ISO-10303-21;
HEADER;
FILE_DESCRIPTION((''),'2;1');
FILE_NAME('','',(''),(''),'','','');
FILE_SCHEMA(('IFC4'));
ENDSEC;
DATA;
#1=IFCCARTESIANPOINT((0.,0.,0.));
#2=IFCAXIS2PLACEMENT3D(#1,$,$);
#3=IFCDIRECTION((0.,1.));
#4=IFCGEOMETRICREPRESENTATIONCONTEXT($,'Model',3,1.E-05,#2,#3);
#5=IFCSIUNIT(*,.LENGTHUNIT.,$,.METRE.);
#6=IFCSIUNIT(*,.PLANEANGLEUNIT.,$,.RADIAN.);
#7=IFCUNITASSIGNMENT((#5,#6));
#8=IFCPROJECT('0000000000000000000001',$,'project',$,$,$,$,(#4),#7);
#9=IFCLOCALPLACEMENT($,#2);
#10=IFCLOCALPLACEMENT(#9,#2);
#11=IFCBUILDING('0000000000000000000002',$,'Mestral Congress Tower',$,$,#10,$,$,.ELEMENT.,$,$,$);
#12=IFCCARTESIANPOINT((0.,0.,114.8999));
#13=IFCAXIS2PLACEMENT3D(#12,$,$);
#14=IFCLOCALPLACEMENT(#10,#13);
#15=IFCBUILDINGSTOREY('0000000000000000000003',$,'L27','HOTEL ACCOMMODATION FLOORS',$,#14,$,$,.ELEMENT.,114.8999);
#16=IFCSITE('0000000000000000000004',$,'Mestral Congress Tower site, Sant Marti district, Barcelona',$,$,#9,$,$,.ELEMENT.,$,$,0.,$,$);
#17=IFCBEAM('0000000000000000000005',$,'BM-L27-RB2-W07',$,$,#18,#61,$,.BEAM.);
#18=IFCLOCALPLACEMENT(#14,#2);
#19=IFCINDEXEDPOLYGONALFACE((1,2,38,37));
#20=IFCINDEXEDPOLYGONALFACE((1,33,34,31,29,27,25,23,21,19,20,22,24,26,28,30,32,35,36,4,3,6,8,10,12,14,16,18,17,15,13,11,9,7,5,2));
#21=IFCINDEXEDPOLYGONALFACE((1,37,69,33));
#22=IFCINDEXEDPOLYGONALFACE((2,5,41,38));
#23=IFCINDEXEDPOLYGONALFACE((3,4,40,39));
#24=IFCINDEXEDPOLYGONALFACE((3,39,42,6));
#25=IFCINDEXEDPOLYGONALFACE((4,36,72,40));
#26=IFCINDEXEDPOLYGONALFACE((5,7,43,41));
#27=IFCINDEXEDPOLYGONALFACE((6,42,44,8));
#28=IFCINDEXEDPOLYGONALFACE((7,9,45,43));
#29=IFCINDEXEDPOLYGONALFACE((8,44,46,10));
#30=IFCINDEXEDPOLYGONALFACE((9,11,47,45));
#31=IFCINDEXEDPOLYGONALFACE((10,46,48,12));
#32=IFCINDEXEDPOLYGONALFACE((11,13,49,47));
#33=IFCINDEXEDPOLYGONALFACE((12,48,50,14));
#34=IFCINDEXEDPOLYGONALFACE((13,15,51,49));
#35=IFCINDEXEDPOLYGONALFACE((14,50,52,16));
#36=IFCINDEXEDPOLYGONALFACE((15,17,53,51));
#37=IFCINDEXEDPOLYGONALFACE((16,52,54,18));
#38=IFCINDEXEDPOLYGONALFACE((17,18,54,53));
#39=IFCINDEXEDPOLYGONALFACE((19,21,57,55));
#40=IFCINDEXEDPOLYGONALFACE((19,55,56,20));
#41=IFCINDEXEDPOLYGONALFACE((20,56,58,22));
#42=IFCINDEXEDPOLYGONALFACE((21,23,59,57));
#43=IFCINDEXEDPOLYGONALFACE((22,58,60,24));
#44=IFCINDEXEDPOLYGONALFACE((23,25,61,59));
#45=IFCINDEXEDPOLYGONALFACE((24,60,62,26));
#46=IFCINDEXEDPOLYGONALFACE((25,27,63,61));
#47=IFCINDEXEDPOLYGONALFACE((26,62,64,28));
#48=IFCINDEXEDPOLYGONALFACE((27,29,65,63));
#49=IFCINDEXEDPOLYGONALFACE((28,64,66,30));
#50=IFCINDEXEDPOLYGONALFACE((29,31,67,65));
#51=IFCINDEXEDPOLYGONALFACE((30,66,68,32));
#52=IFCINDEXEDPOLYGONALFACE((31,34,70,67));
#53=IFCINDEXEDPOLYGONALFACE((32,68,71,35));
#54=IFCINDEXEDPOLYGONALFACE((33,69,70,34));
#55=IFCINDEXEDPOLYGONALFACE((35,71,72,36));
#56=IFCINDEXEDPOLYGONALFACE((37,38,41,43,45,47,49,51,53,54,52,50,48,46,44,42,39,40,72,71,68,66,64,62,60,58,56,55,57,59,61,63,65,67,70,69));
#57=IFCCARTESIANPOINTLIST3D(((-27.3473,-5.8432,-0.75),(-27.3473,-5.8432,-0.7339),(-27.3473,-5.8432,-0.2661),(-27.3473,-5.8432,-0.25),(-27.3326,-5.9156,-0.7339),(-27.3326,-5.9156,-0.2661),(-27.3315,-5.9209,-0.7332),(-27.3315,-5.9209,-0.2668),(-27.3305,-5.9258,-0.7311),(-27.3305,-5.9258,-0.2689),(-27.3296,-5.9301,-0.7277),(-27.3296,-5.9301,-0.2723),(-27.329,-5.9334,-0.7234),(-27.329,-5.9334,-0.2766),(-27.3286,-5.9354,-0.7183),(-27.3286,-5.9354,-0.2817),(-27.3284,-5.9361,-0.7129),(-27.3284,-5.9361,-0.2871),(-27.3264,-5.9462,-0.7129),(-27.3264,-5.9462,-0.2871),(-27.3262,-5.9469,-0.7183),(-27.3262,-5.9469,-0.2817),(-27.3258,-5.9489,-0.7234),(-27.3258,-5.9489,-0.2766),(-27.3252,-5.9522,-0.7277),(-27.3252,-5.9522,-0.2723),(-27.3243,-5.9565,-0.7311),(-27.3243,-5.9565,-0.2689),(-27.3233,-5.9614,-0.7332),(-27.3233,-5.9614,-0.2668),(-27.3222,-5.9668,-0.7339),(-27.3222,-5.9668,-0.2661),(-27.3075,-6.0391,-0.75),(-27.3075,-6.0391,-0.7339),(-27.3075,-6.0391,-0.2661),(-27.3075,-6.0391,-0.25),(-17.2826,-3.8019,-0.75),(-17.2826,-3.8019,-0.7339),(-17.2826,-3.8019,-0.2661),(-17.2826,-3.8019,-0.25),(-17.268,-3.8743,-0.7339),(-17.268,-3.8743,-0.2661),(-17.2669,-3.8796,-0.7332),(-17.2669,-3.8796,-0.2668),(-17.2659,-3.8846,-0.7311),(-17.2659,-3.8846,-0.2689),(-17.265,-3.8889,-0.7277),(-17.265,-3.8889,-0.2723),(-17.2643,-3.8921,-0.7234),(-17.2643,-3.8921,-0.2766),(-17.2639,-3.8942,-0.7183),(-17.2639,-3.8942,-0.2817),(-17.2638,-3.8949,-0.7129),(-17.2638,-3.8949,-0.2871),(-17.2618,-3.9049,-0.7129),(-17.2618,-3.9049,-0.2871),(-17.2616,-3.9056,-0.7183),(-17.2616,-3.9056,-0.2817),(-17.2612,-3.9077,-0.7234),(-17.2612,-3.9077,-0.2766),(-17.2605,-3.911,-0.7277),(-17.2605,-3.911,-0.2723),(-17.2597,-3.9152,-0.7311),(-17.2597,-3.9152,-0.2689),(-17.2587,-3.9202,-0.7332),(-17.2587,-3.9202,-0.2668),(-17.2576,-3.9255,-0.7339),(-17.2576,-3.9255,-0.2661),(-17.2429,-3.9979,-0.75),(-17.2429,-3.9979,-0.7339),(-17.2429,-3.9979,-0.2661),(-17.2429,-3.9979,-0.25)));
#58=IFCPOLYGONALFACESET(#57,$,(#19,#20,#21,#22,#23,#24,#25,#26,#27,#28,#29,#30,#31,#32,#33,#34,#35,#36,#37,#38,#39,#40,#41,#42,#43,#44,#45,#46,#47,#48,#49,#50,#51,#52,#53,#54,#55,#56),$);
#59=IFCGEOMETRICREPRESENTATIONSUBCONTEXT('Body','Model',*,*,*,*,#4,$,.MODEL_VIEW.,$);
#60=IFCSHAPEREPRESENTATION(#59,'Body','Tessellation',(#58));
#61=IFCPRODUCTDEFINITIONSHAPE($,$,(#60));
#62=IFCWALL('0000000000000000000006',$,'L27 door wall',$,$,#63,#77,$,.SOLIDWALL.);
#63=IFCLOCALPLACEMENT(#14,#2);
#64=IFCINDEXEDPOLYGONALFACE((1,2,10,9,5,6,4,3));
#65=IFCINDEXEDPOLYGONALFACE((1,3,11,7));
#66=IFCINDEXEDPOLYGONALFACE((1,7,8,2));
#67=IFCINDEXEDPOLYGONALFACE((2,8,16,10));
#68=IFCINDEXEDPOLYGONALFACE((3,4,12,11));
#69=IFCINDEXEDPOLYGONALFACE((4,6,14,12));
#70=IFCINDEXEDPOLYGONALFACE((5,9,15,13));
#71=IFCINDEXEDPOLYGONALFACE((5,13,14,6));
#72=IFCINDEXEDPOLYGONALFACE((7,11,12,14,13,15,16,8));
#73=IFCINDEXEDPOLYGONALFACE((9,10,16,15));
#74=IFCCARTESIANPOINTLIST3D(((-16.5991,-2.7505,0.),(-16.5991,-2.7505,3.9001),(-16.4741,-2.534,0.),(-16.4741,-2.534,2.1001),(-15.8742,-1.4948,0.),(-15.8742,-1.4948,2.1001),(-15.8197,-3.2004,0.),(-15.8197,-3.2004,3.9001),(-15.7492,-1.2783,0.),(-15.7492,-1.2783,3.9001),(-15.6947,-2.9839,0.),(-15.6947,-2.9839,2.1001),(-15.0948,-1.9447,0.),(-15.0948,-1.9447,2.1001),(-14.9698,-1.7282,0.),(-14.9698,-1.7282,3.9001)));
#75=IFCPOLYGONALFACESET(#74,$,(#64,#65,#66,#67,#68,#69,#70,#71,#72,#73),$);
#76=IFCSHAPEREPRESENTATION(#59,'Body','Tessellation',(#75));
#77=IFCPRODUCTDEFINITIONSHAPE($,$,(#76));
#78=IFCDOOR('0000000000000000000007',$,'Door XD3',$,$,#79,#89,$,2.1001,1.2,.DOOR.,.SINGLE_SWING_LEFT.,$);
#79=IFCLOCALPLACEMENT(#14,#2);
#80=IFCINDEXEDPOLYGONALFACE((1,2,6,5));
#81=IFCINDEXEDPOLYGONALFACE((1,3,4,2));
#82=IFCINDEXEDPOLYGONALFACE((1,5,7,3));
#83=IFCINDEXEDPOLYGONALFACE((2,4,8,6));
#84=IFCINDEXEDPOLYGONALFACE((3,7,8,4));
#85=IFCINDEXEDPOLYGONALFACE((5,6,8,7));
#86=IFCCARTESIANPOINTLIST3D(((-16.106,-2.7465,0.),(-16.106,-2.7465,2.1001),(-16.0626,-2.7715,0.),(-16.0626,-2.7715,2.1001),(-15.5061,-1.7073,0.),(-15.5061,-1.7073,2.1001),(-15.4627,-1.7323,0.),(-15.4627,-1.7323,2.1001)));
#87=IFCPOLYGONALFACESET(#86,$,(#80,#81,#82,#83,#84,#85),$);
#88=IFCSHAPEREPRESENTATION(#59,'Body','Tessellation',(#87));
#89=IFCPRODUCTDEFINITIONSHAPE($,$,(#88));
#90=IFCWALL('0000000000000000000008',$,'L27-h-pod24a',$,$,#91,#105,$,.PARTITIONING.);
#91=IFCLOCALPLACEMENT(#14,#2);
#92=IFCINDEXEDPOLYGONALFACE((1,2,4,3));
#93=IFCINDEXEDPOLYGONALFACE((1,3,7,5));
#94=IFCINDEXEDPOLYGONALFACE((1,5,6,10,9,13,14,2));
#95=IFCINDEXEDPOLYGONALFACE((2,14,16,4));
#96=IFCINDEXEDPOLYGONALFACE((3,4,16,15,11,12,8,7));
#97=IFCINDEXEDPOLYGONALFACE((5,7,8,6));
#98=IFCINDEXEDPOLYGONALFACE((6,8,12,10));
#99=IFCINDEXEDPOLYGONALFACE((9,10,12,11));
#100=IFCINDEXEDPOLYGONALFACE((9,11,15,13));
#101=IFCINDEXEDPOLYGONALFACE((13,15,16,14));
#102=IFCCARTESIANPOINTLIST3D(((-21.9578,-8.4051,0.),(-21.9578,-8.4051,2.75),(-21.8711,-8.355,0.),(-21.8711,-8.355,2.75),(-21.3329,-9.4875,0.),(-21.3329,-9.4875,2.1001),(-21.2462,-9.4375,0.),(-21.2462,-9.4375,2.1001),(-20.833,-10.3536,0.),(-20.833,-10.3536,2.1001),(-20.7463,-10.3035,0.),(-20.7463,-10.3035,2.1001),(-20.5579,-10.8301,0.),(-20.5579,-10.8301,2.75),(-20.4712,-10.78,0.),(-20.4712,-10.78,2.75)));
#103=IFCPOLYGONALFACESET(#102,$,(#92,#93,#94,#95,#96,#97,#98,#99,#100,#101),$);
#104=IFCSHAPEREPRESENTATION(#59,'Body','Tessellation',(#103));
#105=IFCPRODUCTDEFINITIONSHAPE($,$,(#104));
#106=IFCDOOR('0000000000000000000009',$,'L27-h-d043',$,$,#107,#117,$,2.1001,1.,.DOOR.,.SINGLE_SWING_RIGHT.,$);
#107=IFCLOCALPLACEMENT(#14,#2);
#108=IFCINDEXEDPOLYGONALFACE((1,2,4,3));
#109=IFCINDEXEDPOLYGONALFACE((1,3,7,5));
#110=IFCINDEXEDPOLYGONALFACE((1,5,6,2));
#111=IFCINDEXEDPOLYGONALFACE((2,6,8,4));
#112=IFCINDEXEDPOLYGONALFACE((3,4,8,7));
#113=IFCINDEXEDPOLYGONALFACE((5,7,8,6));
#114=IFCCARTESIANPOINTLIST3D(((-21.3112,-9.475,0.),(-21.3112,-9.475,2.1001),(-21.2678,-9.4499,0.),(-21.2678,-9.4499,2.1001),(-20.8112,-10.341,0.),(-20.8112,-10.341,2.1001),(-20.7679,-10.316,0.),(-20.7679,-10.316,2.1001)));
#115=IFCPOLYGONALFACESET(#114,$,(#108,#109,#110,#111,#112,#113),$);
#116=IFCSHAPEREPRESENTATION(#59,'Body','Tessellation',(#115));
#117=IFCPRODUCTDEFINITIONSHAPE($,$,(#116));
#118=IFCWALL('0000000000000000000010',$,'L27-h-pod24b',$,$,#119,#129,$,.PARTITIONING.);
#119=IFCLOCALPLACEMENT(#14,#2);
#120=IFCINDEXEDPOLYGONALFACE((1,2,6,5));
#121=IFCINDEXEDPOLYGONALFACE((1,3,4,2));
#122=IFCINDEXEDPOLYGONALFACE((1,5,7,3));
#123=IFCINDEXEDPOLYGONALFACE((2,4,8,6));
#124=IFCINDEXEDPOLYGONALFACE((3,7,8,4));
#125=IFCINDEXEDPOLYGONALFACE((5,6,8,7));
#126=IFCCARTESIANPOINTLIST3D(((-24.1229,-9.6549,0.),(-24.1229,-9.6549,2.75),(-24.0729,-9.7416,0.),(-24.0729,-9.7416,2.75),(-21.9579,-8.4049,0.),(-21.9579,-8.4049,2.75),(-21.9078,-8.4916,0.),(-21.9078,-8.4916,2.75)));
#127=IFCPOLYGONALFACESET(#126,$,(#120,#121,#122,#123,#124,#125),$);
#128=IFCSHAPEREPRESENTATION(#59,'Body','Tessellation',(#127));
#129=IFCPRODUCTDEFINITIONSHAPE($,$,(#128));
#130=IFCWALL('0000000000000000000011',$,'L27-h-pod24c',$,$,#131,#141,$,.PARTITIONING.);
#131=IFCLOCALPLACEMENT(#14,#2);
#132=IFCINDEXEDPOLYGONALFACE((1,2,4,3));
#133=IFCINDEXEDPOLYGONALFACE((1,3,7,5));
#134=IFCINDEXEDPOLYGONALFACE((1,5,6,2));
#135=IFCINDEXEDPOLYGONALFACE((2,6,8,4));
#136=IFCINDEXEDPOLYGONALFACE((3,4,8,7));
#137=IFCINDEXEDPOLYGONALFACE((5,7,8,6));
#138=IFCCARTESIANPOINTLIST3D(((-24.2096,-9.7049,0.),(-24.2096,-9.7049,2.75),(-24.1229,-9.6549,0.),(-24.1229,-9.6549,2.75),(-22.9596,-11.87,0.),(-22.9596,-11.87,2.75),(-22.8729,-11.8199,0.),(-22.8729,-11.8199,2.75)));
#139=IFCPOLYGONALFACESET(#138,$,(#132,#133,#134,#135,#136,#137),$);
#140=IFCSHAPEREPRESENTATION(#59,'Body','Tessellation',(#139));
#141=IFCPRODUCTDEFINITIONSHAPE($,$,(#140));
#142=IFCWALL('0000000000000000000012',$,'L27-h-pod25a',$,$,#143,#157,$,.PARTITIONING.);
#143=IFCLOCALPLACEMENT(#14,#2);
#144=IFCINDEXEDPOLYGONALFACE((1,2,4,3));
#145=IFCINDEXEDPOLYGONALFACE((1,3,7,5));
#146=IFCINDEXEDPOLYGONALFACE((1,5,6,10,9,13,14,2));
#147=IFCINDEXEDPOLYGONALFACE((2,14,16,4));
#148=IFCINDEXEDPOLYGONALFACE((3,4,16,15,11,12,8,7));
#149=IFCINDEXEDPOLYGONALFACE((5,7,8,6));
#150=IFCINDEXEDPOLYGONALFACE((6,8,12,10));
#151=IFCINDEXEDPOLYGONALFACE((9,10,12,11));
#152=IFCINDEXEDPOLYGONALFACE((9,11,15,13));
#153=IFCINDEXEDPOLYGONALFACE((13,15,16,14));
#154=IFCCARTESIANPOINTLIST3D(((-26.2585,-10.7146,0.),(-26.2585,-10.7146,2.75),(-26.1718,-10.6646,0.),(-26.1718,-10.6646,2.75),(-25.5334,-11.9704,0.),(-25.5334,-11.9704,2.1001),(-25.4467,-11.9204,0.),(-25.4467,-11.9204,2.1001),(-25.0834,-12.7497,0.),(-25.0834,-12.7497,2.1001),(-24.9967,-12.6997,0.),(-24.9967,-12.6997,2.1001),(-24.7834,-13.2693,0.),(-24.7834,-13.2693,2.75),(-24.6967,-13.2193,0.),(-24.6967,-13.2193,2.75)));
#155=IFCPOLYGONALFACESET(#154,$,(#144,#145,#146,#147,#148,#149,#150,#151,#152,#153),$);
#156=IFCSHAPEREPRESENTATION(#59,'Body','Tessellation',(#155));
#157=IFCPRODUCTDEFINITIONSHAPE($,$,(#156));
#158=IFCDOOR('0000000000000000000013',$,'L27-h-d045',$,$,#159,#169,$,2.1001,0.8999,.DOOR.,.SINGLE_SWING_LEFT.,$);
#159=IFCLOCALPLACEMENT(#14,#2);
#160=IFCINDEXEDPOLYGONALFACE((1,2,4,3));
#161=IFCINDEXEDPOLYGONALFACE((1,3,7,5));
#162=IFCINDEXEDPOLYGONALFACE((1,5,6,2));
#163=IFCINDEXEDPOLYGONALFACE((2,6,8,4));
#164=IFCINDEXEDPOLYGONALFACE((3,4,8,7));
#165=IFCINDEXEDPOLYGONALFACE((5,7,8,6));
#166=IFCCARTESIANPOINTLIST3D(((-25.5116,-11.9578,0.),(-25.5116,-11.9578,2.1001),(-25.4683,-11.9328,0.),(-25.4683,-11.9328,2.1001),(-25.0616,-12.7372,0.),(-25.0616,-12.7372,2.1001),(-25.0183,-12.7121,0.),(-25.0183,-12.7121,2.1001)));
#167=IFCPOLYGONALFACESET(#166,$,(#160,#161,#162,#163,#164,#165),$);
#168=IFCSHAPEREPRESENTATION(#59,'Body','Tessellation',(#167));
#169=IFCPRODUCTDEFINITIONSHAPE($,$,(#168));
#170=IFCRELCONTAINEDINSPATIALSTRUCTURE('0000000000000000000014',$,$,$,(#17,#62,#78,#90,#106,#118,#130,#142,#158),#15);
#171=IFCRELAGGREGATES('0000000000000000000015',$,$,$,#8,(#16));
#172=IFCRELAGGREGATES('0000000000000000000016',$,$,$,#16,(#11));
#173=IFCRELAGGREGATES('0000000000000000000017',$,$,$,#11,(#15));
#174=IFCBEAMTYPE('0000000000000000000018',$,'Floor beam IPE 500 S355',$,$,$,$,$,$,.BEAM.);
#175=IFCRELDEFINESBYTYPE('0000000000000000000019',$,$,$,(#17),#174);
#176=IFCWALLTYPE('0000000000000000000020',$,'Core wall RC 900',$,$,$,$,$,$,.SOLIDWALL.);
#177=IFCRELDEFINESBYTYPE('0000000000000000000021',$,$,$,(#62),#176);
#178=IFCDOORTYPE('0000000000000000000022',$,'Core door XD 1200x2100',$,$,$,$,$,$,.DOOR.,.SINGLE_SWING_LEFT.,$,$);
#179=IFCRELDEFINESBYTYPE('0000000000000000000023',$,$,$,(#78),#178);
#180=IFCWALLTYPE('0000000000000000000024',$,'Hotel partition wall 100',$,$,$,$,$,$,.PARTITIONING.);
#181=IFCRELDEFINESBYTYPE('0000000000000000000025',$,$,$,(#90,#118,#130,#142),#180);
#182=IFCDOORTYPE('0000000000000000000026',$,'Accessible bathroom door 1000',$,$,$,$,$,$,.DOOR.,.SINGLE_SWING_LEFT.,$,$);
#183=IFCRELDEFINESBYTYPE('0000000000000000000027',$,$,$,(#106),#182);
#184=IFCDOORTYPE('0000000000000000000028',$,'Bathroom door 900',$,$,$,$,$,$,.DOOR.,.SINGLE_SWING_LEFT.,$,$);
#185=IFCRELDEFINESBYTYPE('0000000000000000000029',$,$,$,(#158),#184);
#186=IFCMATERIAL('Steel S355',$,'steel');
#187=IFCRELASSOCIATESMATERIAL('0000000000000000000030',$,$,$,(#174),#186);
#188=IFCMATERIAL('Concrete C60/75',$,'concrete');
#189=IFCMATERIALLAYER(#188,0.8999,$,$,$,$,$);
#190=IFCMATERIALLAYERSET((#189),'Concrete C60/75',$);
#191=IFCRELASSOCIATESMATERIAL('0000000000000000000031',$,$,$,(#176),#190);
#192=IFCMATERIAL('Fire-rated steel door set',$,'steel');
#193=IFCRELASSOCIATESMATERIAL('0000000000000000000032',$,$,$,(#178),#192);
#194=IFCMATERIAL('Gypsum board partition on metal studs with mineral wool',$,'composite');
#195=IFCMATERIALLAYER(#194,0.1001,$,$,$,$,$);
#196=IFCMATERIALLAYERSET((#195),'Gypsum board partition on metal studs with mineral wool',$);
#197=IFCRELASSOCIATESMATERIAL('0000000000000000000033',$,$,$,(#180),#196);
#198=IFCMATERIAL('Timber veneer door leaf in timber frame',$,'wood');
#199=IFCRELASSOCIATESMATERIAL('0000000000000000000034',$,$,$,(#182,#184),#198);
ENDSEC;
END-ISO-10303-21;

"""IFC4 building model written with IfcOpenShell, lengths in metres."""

from ifc_helpers import new_model, si_unit, direction, frame, frame_2d, origin, origin_2d, place, context, subcontext, project, spatial, rectangle, i_section, extrude, material, layer, layer_set, material_profile, profile_set, type_object, element, fill, save


model = new_model("IFC4")

# Units and contexts
model_context = context("Model", 3, precision=1e-05, world=origin(), true_north=direction((0.0, 1.0)))
body_context = subcontext(model_context, "Body", "Model", "MODEL_VIEW")
ifc_project = project(units=[si_unit("LENGTHUNIT", "METRE"), si_unit("PLANEANGLEUNIT", "RADIAN")], contexts=[model_context])

# Site, building, storey
site_placement = place(None, origin())
site = spatial("IfcSite", under=ifc_project, at=site_placement, Name="Mestral Congress Tower site, Sant Marti district, Barcelona", CompositionType="ELEMENT", RefElevation=0.0)
building_placement = place(site_placement, origin())
building = spatial("IfcBuilding", under=site, at=building_placement, Name="Mestral Congress Tower", CompositionType="ELEMENT")
storey_placement = place(building_placement, frame((0.0, 0.0, 114.8999)))
storey = spatial("IfcBuildingStorey", under=building, at=storey_placement, Name="L27", Description="HOTEL ACCOMMODATION FLOORS", CompositionType="ELEMENT", Elevation=114.8999)

# Beam
ifc_material_1 = material(Name="Steel S355", Category="steel")
ifc_material_profile = material_profile(ifc_material_1, i_section(OverallWidth=0.2, OverallDepth=0.5, WebThickness=0.0103, FlangeThickness=0.0161, FilletRadius=0.021, at=origin_2d()), Name="IPE 500")
ifc_profile_set = profile_set([ifc_material_profile], Name="Steel S355")
beam_type = type_object("IfcBeamType", Name="Floor beam IPE 500 S355", PredefinedType="BEAM", material=ifc_profile_set)
beam_placement = place(storey_placement, frame((-27.3274, -5.9412, -0.5), z_axis=(0.980047, 0.198767, 0.0), x_axis=(-0.198767, 0.980047, 0.0)))
element("IfcBeam", 1, at=beam_placement, inside=storey, type_object=beam_type, Name="BM-L27-RB2-W07", PredefinedType="BEAM", context=body_context, shape_type="SweptSolid", body=[
    extrude(i_section(OverallWidth=0.2, OverallDepth=0.5, WebThickness=0.0103, FlangeThickness=0.0161, FilletRadius=0.021, at=origin_2d()), origin(), (0.0, 0.0, 1.0), 10.2695),
])

# Walls, openings, doors
ifc_material_2 = material(Name="Concrete C60/75", Category="concrete")
ifc_layer_1 = layer(ifc_material_2, 0.8999)
ifc_layer_set_1 = layer_set([ifc_layer_1], Name="Concrete C60/75")
wall_type_1 = type_object("IfcWallType", Name="Core wall RC 900", PredefinedType="SOLIDWALL", material=ifc_layer_set_1)
wall_1_placement = place(storey_placement, frame((-16.2095, -2.9756, 0.0), z_axis=(0.0, 0.0, 1.0), x_axis=(0.499955, 0.866052, 0.0)))
wall_1 = element("IfcWall", 2, at=wall_1_placement, inside=storey, type_object=wall_type_1, Name="L27 door wall", PredefinedType="SOLIDWALL", context=body_context, shape_type="SweptSolid", body=[
    extrude(rectangle(XDim=1.7, YDim=0.8999, at=frame_2d((0.8501, 0.0))), origin(), (0.0, 0.0, 1.0), 3.9001),
])
opening_1_placement = place(wall_1_placement, frame((0.25, 0.0, 0.0)))
opening_1 = element("IfcOpeningElement", 3, at=opening_1_placement, cuts=wall_1, PredefinedType="OPENING", context=body_context, shape_type="SweptSolid", body=[
    extrude(rectangle(XDim=1.2, YDim=2.1001, at=frame_2d((0.6001, 1.05))), frame((0.0, 0.46, 0.0), z_axis=(0.0, -1.0, 0.0), x_axis=(1.0, 0.0, 0.0)), (0.0, 0.0, 1.0), 0.9199),
])
ifc_material_3 = material(Name="Fire-rated steel door set", Category="steel")
door_type_1 = type_object("IfcDoorType", Name="Core door XD 1200x2100", OperationType="SINGLE_SWING_LEFT", PredefinedType="DOOR", material=ifc_material_3)
door_1_placement = place(opening_1_placement, origin())
door_1 = element("IfcDoor", 4, at=door_1_placement, inside=storey, type_object=door_type_1, Name="Door XD3", OperationType="SINGLE_SWING_LEFT", OverallHeight=2.1001, OverallWidth=1.2, PredefinedType="DOOR", context=body_context, shape_type="SweptSolid", body=[
    extrude(rectangle(XDim=1.2, YDim=2.1001, at=frame_2d((0.6001, 1.05))), frame((0.0, 0.0249, 0.0), z_axis=(0.0, -1.0, 0.0), x_axis=(1.0, 0.0, 0.0)), (0.0, 0.0, 1.0), 0.05),
])
fill(opening_1, door_1)
ifc_material_4 = material(Name="Gypsum board partition on metal studs with mineral wool", Category="composite")
ifc_layer_2 = layer(ifc_material_4, 0.1001)
ifc_layer_set_2 = layer_set([ifc_layer_2], Name="Gypsum board partition on metal studs with mineral wool")
wall_type_2 = type_object("IfcWallType", Name="Hotel partition wall 100", PredefinedType="PARTITIONING", material=ifc_layer_set_2)
wall_2_placement = place(storey_placement, frame((-20.5146, -10.8049, 0.0), z_axis=(0.0, 0.0, 1.0), x_axis=(-0.499946, 0.866056, 0.0)))
wall_2 = element("IfcWall", 5, at=wall_2_placement, inside=storey, type_object=wall_type_2, Name="L27-h-pod24a", PredefinedType="PARTITIONING", context=body_context, shape_type="SweptSolid", body=[
    extrude(rectangle(XDim=2.8, YDim=0.1001, at=frame_2d((1.3999, 0.0))), origin(), (0.0, 0.0, 1.0), 2.75),
])
opening_2_placement = place(wall_2_placement, frame((0.55, 0.0, 0.0)))
opening_2 = element("IfcOpeningElement", 6, at=opening_2_placement, cuts=wall_2, PredefinedType="OPENING", context=body_context, shape_type="SweptSolid", body=[
    extrude(rectangle(XDim=1.0, YDim=2.1001, at=frame_2d((0.5, 1.05))), frame((0.0, 0.0601, 0.0), z_axis=(0.0, -1.0, 0.0), x_axis=(1.0, 0.0, 0.0)), (0.0, 0.0, 1.0), 0.1201),
])
ifc_material_5 = material(Name="Timber veneer door leaf in timber frame", Category="wood")
door_type_2 = type_object("IfcDoorType", Name="Accessible bathroom door 1000", OperationType="SINGLE_SWING_LEFT", PredefinedType="DOOR", material=ifc_material_5)
door_2_placement = place(opening_2_placement, origin())
door_2 = element("IfcDoor", 7, at=door_2_placement, inside=storey, type_object=door_type_2, Name="L27-h-d043", OperationType="SINGLE_SWING_RIGHT", OverallHeight=2.1001, OverallWidth=1.0, PredefinedType="DOOR", context=body_context, shape_type="SweptSolid", body=[
    extrude(rectangle(XDim=1.0, YDim=2.1001, at=frame_2d((0.5, 1.05))), frame((0.0, 0.0249, 0.0), z_axis=(0.0, -1.0, 0.0), x_axis=(1.0, 0.0, 0.0)), (0.0, 0.0, 1.0), 0.05),
])
fill(opening_2, door_2)

# Walls
for number, where, z_axis, x_axis, name in (
    (8, (-21.9329, -8.4482, 0.0), (0.0, 0.0, 1.0), (-0.866023, -0.500004, 0.0), "L27-h-pod24b"),
    (9, (-22.9163, -11.845, 0.0), (0.0, 0.0, 1.0), (-0.500004, 0.866023, 0.0), "L27-h-pod24c"),
):
    element("IfcWall", number, at=place(storey_placement, frame(where, z_axis=z_axis, x_axis=x_axis)), inside=storey, type_object=wall_type_2, Name=name, PredefinedType="PARTITIONING", context=body_context, shape_type="SweptSolid", body=[
        extrude(rectangle(XDim=2.5, YDim=0.1001, at=frame_2d((1.25, 0.0))), origin(), (0.0, 0.0, 1.0), 2.75),
    ])

# Wall, opening, door
wall_3_placement = place(storey_placement, frame((-24.74, -13.2444, 0.0), z_axis=(0.0, 0.0, 1.0), x_axis=(-0.500038, 0.866004, 0.0)))
wall_3 = element("IfcWall", 10, at=wall_3_placement, inside=storey, type_object=wall_type_2, Name="L27-h-pod25a", PredefinedType="PARTITIONING", context=body_context, shape_type="SweptSolid", body=[
    extrude(rectangle(XDim=2.95, YDim=0.1001, at=frame_2d((1.4751, 0.0))), origin(), (0.0, 0.0, 1.0), 2.75),
])
opening_3_placement = place(wall_3_placement, frame((0.6001, 0.0, 0.0)))
opening_3 = element("IfcOpeningElement", 11, at=opening_3_placement, cuts=wall_3, PredefinedType="OPENING", context=body_context, shape_type="SweptSolid", body=[
    extrude(rectangle(XDim=0.8999, YDim=2.1001, at=frame_2d((0.45, 1.05))), frame((0.0, 0.0601, 0.0), z_axis=(0.0, -1.0, 0.0), x_axis=(1.0, 0.0, 0.0)), (0.0, 0.0, 1.0), 0.1201),
])
door_type_3 = type_object("IfcDoorType", Name="Bathroom door 900", OperationType="SINGLE_SWING_LEFT", PredefinedType="DOOR", material=ifc_material_5)
door_3_placement = place(opening_3_placement, origin())
door_3 = element("IfcDoor", 12, at=door_3_placement, inside=storey, type_object=door_type_3, Name="L27-h-d045", OperationType="SINGLE_SWING_LEFT", OverallHeight=2.1001, OverallWidth=0.8999, PredefinedType="DOOR", context=body_context, shape_type="SweptSolid", body=[
    extrude(rectangle(XDim=0.8999, YDim=2.1001, at=frame_2d((0.45, 1.05))), frame((0.0, 0.0249, 0.0), z_axis=(0.0, -1.0, 0.0), x_axis=(1.0, 0.0, 0.0)), (0.0, 0.0, 1.0), 0.05),
])
fill(opening_3, door_3)

save(model, "model.ifc")
